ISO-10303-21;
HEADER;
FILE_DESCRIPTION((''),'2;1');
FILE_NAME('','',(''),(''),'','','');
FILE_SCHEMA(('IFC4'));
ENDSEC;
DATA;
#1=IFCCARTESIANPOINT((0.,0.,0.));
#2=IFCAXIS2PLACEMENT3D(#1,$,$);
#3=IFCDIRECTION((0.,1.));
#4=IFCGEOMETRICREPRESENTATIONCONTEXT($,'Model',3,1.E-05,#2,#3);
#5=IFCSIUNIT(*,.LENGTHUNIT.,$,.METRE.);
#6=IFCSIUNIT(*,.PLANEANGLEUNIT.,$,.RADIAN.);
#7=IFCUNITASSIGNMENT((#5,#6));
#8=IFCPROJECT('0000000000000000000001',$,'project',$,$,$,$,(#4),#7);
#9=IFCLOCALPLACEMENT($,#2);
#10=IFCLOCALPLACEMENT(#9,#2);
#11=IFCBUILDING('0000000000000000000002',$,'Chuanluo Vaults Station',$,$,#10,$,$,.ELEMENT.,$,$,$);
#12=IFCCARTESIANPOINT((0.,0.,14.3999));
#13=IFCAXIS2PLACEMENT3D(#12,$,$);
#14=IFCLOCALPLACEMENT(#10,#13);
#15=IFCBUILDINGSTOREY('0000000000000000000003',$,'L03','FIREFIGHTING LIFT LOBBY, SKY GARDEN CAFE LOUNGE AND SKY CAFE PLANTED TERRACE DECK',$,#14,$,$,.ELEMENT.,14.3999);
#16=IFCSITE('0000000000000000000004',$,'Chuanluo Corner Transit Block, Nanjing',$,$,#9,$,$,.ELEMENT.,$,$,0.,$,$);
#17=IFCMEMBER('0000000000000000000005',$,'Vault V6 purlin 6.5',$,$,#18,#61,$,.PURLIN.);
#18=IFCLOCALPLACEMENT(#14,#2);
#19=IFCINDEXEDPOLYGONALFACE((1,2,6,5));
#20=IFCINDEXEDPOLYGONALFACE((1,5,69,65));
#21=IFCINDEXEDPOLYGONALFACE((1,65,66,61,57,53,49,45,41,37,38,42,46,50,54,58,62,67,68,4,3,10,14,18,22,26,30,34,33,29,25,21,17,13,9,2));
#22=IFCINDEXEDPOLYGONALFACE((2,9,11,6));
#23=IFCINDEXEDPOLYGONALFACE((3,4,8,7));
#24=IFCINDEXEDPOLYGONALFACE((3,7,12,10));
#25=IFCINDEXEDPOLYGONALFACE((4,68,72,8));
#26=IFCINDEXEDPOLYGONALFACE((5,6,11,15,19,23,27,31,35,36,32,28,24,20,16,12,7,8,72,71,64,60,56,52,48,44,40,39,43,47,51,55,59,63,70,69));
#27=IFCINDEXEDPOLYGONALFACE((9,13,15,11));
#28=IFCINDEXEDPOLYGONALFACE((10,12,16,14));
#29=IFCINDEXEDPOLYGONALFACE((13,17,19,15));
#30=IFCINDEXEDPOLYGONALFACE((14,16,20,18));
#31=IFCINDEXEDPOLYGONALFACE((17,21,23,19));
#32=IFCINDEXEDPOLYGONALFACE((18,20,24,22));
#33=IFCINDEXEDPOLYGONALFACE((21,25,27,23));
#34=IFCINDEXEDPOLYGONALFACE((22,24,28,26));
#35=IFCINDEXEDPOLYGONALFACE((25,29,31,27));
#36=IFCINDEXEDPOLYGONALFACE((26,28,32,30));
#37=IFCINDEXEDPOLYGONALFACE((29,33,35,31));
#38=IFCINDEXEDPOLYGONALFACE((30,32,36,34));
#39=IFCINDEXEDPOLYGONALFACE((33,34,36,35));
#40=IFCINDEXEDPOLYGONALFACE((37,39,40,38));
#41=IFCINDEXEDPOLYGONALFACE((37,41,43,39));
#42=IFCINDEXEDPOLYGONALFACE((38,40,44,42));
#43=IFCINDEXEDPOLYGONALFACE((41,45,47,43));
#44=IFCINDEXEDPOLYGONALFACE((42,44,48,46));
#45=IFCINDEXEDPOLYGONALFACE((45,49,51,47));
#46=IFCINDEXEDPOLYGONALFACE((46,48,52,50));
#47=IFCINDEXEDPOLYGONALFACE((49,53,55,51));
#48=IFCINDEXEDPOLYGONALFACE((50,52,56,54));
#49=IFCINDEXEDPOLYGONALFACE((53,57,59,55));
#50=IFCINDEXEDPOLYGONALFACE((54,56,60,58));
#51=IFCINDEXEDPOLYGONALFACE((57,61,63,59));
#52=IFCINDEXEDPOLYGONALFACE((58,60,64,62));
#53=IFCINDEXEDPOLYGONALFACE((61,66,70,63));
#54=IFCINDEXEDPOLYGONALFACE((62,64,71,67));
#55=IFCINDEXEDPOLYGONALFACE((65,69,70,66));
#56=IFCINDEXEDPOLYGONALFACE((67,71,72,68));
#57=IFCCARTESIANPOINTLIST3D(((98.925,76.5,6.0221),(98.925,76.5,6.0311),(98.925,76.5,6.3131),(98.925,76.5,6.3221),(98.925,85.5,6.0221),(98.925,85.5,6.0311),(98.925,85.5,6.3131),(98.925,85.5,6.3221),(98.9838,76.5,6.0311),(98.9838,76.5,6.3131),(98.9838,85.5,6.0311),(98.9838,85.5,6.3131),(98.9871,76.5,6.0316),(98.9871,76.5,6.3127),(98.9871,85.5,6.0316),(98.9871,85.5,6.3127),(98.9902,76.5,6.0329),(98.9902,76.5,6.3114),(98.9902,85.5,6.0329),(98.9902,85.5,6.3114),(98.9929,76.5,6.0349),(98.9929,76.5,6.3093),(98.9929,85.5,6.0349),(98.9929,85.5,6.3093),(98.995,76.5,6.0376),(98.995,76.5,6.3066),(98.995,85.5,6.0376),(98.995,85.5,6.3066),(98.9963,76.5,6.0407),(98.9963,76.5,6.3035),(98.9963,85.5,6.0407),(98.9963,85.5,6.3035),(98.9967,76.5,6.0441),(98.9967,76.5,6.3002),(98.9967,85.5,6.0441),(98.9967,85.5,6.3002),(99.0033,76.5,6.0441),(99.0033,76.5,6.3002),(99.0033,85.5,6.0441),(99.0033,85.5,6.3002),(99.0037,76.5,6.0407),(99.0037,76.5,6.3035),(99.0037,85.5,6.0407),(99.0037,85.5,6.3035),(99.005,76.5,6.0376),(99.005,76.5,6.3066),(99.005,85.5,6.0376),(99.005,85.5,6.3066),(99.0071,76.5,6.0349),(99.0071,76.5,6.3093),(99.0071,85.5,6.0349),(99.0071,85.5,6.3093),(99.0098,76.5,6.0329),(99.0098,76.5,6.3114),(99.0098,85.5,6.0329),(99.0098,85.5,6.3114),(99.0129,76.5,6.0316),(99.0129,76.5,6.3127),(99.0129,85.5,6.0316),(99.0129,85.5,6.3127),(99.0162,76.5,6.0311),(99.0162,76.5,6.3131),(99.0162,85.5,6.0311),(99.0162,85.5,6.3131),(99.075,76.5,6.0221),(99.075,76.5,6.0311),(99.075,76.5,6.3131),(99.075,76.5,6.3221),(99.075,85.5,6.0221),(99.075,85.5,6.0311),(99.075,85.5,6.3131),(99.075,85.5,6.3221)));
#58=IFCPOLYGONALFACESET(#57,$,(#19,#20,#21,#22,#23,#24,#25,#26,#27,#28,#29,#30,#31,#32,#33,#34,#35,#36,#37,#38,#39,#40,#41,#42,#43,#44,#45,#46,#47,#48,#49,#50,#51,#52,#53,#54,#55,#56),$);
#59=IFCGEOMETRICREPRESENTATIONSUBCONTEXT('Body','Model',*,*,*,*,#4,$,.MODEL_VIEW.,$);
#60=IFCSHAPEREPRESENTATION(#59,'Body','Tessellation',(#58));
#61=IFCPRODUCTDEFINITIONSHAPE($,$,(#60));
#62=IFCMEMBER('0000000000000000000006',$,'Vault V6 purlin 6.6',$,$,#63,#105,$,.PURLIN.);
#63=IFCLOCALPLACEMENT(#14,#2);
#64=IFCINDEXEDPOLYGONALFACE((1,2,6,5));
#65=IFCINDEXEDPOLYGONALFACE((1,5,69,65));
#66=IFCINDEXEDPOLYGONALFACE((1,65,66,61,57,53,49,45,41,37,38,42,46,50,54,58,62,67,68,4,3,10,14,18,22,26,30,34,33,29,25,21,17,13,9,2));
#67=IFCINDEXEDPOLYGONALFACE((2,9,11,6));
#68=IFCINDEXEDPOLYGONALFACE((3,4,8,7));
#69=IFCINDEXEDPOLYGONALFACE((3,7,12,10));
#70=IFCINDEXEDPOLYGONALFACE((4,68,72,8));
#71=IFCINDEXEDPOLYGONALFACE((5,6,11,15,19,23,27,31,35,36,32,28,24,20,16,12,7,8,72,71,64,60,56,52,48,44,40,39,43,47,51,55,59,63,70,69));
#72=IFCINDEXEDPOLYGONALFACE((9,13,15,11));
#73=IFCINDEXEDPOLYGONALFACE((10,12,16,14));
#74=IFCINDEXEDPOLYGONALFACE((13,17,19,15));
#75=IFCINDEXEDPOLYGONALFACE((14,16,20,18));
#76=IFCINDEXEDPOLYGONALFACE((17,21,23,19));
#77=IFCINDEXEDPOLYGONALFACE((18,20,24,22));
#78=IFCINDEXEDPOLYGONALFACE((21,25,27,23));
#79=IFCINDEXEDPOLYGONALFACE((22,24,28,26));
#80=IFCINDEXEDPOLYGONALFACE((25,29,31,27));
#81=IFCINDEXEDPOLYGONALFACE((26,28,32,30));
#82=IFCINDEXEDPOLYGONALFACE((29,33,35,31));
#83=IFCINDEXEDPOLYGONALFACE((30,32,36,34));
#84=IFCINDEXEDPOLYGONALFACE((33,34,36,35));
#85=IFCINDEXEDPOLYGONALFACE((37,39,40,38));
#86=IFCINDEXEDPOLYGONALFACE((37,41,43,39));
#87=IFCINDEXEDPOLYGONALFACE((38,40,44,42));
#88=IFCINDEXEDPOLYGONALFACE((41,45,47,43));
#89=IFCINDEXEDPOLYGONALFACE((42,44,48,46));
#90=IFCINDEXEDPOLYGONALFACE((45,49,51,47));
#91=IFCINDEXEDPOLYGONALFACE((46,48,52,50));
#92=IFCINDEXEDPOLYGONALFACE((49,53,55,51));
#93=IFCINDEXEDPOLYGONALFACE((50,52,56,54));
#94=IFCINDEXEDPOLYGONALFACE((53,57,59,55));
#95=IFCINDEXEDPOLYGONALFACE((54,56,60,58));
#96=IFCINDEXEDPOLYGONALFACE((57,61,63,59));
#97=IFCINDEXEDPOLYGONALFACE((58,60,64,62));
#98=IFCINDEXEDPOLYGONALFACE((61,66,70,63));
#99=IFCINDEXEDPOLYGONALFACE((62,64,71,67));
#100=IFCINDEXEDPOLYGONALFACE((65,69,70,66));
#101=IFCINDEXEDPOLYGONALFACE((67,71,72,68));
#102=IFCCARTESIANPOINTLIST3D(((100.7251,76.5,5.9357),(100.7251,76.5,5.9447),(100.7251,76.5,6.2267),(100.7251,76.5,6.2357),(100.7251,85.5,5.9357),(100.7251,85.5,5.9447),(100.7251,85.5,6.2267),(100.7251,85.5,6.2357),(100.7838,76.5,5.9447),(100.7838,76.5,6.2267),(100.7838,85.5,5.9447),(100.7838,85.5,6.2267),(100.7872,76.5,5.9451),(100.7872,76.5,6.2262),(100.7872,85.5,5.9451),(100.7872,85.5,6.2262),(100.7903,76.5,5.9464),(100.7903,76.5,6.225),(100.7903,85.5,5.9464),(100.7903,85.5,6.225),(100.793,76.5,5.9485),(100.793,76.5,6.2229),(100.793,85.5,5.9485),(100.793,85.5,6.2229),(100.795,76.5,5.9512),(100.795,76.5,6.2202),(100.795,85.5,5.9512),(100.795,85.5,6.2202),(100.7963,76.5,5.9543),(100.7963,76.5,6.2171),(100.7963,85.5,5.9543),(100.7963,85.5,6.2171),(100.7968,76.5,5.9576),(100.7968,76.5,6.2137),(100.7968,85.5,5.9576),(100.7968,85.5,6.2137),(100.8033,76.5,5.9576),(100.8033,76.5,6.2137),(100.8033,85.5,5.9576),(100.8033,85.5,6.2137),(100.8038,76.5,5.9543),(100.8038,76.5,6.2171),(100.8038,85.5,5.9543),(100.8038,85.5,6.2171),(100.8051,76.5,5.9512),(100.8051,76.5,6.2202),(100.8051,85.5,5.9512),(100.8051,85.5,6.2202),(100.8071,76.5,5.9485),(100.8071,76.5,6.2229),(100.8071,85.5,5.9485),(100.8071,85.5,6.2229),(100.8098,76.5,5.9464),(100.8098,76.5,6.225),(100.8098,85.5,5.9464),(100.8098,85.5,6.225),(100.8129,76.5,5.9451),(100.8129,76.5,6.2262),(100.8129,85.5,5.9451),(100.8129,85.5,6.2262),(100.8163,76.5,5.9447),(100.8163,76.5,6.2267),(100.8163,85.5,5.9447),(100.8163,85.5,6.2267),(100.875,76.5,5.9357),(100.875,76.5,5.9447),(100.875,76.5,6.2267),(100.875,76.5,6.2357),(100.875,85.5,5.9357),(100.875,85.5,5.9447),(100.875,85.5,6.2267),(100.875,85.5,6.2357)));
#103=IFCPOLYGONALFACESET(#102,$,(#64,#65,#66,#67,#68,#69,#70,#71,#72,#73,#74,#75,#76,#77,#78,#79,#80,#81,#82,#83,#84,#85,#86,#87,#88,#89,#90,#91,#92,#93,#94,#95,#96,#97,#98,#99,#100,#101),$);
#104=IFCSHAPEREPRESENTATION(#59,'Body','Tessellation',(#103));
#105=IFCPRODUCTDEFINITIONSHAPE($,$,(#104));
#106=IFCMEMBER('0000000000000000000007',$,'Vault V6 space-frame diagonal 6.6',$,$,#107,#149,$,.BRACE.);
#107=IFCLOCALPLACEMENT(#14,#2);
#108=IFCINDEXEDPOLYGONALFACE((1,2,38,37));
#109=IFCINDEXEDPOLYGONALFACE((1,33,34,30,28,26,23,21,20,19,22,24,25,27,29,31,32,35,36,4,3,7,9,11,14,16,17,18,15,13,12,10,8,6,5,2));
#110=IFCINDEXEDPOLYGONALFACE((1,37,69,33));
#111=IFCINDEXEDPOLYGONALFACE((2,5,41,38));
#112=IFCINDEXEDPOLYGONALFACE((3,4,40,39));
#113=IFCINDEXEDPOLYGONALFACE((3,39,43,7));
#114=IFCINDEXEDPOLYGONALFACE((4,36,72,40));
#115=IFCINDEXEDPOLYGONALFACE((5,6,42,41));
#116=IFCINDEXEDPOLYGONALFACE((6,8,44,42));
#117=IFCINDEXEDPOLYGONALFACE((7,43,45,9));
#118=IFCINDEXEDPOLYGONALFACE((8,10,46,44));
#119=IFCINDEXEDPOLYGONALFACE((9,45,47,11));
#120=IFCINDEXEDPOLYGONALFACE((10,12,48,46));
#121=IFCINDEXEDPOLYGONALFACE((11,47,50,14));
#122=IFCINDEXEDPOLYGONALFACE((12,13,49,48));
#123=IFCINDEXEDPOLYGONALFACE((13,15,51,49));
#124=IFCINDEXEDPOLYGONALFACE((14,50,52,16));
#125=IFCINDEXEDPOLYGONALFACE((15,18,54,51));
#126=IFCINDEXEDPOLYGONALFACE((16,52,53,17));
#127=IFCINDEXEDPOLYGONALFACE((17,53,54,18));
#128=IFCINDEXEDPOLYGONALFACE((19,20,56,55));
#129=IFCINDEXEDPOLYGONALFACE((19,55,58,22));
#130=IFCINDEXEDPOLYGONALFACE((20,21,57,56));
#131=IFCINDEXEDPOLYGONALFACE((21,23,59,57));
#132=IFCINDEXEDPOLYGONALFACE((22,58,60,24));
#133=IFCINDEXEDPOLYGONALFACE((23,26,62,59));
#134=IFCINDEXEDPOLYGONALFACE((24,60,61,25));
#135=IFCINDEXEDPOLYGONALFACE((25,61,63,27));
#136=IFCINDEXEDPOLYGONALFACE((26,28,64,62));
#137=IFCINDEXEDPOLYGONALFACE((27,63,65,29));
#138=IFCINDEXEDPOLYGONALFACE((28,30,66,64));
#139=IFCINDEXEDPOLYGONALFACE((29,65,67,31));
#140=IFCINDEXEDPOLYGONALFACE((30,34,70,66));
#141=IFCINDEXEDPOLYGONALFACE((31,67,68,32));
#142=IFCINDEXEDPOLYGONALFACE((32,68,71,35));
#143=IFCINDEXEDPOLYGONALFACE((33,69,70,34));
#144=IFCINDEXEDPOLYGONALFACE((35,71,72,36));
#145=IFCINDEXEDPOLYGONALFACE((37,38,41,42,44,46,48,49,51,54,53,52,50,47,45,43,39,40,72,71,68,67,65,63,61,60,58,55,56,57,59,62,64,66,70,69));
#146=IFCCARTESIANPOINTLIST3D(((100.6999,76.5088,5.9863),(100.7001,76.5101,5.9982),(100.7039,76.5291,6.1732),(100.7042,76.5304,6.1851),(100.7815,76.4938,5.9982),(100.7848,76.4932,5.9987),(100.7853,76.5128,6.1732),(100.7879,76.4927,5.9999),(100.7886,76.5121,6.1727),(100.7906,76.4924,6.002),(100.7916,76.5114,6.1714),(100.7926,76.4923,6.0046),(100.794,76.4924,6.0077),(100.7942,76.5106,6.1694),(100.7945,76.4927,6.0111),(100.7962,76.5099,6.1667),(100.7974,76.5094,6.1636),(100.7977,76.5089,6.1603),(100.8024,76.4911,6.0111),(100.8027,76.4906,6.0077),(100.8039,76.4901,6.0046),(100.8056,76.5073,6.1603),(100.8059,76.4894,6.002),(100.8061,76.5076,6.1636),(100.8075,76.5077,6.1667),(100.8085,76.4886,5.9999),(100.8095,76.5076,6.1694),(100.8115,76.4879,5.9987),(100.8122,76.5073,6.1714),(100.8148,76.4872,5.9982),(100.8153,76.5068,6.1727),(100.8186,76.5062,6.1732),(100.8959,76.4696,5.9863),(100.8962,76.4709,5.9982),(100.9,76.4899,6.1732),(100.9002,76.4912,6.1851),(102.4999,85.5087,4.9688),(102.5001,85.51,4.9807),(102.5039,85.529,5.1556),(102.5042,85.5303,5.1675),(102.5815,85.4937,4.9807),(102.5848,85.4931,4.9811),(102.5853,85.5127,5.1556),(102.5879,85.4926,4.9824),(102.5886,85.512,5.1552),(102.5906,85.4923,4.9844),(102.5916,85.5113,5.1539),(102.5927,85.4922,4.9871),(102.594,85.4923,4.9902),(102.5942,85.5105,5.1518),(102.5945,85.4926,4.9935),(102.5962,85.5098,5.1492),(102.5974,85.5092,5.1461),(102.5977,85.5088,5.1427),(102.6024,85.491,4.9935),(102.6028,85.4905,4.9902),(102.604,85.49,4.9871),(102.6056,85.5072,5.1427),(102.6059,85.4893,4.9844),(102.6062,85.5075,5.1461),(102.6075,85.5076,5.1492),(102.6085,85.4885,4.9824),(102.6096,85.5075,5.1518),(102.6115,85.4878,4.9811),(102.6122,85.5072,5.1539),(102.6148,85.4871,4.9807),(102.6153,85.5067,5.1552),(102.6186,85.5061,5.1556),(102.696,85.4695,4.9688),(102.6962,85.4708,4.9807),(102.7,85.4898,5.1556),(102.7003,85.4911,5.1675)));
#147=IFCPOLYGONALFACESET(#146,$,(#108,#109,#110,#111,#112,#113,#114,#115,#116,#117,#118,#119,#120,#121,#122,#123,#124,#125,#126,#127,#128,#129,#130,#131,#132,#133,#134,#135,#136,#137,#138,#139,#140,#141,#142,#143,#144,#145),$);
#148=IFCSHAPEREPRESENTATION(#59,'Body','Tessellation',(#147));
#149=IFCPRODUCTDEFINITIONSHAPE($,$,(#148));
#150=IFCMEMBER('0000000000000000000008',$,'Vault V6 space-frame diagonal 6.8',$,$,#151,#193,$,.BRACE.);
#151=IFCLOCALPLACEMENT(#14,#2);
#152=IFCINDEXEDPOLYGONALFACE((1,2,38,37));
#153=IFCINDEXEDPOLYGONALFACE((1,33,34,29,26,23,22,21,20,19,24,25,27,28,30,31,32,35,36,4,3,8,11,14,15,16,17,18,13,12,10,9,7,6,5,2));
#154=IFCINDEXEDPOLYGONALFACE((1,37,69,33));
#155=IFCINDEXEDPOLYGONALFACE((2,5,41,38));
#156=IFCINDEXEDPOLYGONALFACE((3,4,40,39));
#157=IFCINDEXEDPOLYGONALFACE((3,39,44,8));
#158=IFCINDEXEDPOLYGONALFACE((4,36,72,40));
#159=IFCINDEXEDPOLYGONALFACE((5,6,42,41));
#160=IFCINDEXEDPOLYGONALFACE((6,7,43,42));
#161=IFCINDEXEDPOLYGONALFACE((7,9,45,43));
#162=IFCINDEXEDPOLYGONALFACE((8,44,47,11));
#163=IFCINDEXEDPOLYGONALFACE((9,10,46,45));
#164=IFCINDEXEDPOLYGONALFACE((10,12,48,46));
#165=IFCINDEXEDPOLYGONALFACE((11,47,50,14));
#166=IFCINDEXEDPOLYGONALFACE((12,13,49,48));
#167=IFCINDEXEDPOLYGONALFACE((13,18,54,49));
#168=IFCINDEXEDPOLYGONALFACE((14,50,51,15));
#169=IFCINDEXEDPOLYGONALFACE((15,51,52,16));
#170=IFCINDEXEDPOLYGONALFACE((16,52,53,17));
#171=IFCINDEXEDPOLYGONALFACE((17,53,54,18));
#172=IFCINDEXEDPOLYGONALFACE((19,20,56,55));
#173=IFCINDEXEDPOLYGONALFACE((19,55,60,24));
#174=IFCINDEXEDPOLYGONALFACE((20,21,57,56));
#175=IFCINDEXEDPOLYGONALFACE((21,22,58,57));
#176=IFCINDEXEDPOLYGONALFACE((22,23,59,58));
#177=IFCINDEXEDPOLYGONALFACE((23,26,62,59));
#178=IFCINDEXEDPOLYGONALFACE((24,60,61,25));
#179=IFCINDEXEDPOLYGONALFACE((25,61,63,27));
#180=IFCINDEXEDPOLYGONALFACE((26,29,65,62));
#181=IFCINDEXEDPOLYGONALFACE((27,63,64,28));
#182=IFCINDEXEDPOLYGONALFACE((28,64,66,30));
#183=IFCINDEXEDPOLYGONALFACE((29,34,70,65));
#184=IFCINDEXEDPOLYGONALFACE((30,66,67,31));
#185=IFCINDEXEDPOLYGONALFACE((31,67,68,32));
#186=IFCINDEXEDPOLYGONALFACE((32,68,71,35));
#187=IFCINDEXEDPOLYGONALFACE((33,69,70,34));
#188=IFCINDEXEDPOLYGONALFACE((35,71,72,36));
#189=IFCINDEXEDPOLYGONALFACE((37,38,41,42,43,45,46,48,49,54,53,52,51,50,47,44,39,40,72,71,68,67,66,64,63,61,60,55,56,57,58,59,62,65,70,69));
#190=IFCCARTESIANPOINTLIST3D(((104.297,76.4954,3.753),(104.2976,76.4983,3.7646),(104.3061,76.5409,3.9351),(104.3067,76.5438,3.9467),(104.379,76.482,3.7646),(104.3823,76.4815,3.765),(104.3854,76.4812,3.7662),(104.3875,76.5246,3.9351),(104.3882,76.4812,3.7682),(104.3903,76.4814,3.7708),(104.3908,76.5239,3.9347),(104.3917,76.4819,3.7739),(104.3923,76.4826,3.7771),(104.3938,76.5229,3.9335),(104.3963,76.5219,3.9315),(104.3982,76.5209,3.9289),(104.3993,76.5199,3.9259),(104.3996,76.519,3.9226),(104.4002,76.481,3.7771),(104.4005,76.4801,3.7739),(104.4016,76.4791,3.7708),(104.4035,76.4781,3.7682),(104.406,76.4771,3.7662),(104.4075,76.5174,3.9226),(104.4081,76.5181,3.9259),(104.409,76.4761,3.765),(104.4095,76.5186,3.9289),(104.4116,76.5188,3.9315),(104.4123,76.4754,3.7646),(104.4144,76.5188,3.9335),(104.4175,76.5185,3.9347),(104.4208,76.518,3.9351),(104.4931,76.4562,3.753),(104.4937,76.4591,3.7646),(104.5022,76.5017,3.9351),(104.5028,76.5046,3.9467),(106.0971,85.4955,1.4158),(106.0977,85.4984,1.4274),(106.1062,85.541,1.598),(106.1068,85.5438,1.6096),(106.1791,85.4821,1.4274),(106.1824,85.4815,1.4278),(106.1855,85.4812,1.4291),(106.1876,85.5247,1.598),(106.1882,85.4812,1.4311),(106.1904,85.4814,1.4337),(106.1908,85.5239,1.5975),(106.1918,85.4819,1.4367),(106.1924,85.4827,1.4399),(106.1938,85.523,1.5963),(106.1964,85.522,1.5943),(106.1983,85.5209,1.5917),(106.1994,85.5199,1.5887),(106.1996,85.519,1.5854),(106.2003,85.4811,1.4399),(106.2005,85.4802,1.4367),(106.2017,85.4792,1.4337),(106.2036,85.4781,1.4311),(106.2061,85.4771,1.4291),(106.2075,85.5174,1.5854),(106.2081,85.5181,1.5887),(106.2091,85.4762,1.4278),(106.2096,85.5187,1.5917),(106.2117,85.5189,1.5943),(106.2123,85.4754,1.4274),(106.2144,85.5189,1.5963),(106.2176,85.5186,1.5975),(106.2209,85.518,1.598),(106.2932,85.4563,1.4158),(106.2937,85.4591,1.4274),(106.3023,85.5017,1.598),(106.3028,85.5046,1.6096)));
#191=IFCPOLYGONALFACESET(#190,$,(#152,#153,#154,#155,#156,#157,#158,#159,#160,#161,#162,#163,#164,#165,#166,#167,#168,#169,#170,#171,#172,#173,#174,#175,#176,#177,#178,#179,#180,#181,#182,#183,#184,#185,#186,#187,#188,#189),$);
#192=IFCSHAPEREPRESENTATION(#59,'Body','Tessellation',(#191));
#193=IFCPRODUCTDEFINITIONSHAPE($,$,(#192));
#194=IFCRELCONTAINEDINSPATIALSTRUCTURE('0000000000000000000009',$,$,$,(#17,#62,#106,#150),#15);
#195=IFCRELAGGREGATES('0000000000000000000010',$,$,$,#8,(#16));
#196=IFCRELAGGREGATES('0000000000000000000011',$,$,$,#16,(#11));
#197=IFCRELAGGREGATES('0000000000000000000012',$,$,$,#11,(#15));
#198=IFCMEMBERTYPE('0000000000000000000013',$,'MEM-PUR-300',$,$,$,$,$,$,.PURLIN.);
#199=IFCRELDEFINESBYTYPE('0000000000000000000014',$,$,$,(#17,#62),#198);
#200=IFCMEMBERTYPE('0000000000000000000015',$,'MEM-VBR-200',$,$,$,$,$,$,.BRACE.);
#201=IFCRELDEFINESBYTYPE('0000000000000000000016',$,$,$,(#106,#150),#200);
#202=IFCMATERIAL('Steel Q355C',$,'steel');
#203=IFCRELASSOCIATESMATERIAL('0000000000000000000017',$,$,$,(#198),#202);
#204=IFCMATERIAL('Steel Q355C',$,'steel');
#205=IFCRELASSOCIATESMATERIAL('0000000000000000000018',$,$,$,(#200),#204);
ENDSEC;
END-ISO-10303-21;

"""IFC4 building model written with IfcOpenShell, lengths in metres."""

from ifc_helpers import new_model, si_unit, direction, frame, origin, origin_2d, place, context, subcontext, project, spatial, i_section, extrude, material, material_profile, profile_set, type_object, element, save


model = new_model("IFC4")

# Units and contexts
model_context = context("Model", 3, precision=1e-05, world=origin(), true_north=direction((0.0, 1.0)))
body_context = subcontext(model_context, "Body", "Model", "MODEL_VIEW")
ifc_project = project(units=[si_unit("LENGTHUNIT", "METRE"), si_unit("PLANEANGLEUNIT", "RADIAN")], contexts=[model_context])

# Site, building, storey
site_placement = place(None, origin())
site = spatial("IfcSite", under=ifc_project, at=site_placement, Name="Chuanluo Corner Transit Block, Nanjing", CompositionType="ELEMENT", RefElevation=0.0)
building_placement = place(site_placement, origin())
building = spatial("IfcBuilding", under=site, at=building_placement, Name="Chuanluo Vaults Station", CompositionType="ELEMENT")
storey_placement = place(building_placement, frame((0.0, 0.0, 14.3999)))
storey = spatial("IfcBuildingStorey", under=building, at=storey_placement, Name="L03", Description="FIREFIGHTING LIFT LOBBY, SKY GARDEN CAFE LOUNGE AND SKY CAFE PLANTED TERRACE DECK", CompositionType="ELEMENT", Elevation=14.3999)

# Members
ifc_material_1 = material(Name="Steel Q355C", Category="steel")
ifc_material_profile_1 = material_profile(ifc_material_1, i_section(OverallWidth=0.1499, OverallDepth=0.3, WebThickness=0.0066, FlangeThickness=0.009, FilletRadius=0.0129, at=origin_2d()))
ifc_profile_set_1 = profile_set([ifc_material_profile_1], Name="Steel Q355C")
member_type_1 = type_object("IfcMemberType", Name="MEM-PUR-300", PredefinedType="PURLIN", material=ifc_profile_set_1)
for number, where, z_axis, x_axis, name in (
    (1, (99.0, 76.5, 6.1721), (0.0, 1.0, 0.0), (-1.0, 0.0, 0.0), "Vault V6 purlin 6.5"),
    (2, (100.8, 76.5, 6.0857), (0.0, 1.0, 0.0), (-1.0, 0.0, 0.0), "Vault V6 purlin 6.6"),
):
    element("IfcMember", number, at=place(storey_placement, frame(where, z_axis=z_axis, x_axis=x_axis)), inside=storey, type_object=member_type_1, Name=name, PredefinedType="PURLIN", context=body_context, shape_type="SweptSolid", body=[
        extrude(i_section(OverallWidth=0.1499, OverallDepth=0.3, WebThickness=0.0066, FlangeThickness=0.009, FilletRadius=0.0129, at=origin_2d()), origin(), (0.0, 0.0, 1.0), 9.0),
    ])
ifc_material_2 = material(Name="Steel Q355C", Category="steel")
ifc_material_profile_2 = material_profile(ifc_material_2, i_section(OverallWidth=0.2, OverallDepth=0.2, WebThickness=0.0081, FlangeThickness=0.012, FilletRadius=0.0129, at=origin_2d()))
ifc_profile_set_2 = profile_set([ifc_material_profile_2], Name="Steel Q355C")
member_type_2 = type_object("IfcMemberType", Name="MEM-VBR-200", PredefinedType="BRACE", material=ifc_profile_set_2)
member_1_placement = place(storey_placement, frame((100.8, 76.5, 6.0857), z_axis=(0.194927, 0.974608, -0.110193), x_axis=(-0.98058, 0.196121, 0.0)))
element("IfcMember", 3, at=member_1_placement, inside=storey, type_object=member_type_2, Name="Vault V6 space-frame diagonal 6.6", PredefinedType="BRACE", context=body_context, shape_type="SweptSolid", body=[
    extrude(i_section(OverallWidth=0.2, OverallDepth=0.2, WebThickness=0.0081, FlangeThickness=0.012, FilletRadius=0.0129, at=origin_2d()), origin(), (0.0, 0.0, 1.0), 9.2344),
])
member_2_placement = place(storey_placement, frame((104.3999, 76.5, 3.8499), z_axis=(0.190056, 0.950255, -0.246766), x_axis=(-0.98058, 0.196121, 0.0)))
element("IfcMember", 4, at=member_2_placement, inside=storey, type_object=member_type_2, Name="Vault V6 space-frame diagonal 6.8", PredefinedType="BRACE", context=body_context, shape_type="SweptSolid", body=[
    extrude(i_section(OverallWidth=0.2, OverallDepth=0.2, WebThickness=0.0081, FlangeThickness=0.012, FilletRadius=0.0129, at=origin_2d()), origin(), (0.0, 0.0, 1.0), 9.4712),
])

save(model, "model.ifc")
